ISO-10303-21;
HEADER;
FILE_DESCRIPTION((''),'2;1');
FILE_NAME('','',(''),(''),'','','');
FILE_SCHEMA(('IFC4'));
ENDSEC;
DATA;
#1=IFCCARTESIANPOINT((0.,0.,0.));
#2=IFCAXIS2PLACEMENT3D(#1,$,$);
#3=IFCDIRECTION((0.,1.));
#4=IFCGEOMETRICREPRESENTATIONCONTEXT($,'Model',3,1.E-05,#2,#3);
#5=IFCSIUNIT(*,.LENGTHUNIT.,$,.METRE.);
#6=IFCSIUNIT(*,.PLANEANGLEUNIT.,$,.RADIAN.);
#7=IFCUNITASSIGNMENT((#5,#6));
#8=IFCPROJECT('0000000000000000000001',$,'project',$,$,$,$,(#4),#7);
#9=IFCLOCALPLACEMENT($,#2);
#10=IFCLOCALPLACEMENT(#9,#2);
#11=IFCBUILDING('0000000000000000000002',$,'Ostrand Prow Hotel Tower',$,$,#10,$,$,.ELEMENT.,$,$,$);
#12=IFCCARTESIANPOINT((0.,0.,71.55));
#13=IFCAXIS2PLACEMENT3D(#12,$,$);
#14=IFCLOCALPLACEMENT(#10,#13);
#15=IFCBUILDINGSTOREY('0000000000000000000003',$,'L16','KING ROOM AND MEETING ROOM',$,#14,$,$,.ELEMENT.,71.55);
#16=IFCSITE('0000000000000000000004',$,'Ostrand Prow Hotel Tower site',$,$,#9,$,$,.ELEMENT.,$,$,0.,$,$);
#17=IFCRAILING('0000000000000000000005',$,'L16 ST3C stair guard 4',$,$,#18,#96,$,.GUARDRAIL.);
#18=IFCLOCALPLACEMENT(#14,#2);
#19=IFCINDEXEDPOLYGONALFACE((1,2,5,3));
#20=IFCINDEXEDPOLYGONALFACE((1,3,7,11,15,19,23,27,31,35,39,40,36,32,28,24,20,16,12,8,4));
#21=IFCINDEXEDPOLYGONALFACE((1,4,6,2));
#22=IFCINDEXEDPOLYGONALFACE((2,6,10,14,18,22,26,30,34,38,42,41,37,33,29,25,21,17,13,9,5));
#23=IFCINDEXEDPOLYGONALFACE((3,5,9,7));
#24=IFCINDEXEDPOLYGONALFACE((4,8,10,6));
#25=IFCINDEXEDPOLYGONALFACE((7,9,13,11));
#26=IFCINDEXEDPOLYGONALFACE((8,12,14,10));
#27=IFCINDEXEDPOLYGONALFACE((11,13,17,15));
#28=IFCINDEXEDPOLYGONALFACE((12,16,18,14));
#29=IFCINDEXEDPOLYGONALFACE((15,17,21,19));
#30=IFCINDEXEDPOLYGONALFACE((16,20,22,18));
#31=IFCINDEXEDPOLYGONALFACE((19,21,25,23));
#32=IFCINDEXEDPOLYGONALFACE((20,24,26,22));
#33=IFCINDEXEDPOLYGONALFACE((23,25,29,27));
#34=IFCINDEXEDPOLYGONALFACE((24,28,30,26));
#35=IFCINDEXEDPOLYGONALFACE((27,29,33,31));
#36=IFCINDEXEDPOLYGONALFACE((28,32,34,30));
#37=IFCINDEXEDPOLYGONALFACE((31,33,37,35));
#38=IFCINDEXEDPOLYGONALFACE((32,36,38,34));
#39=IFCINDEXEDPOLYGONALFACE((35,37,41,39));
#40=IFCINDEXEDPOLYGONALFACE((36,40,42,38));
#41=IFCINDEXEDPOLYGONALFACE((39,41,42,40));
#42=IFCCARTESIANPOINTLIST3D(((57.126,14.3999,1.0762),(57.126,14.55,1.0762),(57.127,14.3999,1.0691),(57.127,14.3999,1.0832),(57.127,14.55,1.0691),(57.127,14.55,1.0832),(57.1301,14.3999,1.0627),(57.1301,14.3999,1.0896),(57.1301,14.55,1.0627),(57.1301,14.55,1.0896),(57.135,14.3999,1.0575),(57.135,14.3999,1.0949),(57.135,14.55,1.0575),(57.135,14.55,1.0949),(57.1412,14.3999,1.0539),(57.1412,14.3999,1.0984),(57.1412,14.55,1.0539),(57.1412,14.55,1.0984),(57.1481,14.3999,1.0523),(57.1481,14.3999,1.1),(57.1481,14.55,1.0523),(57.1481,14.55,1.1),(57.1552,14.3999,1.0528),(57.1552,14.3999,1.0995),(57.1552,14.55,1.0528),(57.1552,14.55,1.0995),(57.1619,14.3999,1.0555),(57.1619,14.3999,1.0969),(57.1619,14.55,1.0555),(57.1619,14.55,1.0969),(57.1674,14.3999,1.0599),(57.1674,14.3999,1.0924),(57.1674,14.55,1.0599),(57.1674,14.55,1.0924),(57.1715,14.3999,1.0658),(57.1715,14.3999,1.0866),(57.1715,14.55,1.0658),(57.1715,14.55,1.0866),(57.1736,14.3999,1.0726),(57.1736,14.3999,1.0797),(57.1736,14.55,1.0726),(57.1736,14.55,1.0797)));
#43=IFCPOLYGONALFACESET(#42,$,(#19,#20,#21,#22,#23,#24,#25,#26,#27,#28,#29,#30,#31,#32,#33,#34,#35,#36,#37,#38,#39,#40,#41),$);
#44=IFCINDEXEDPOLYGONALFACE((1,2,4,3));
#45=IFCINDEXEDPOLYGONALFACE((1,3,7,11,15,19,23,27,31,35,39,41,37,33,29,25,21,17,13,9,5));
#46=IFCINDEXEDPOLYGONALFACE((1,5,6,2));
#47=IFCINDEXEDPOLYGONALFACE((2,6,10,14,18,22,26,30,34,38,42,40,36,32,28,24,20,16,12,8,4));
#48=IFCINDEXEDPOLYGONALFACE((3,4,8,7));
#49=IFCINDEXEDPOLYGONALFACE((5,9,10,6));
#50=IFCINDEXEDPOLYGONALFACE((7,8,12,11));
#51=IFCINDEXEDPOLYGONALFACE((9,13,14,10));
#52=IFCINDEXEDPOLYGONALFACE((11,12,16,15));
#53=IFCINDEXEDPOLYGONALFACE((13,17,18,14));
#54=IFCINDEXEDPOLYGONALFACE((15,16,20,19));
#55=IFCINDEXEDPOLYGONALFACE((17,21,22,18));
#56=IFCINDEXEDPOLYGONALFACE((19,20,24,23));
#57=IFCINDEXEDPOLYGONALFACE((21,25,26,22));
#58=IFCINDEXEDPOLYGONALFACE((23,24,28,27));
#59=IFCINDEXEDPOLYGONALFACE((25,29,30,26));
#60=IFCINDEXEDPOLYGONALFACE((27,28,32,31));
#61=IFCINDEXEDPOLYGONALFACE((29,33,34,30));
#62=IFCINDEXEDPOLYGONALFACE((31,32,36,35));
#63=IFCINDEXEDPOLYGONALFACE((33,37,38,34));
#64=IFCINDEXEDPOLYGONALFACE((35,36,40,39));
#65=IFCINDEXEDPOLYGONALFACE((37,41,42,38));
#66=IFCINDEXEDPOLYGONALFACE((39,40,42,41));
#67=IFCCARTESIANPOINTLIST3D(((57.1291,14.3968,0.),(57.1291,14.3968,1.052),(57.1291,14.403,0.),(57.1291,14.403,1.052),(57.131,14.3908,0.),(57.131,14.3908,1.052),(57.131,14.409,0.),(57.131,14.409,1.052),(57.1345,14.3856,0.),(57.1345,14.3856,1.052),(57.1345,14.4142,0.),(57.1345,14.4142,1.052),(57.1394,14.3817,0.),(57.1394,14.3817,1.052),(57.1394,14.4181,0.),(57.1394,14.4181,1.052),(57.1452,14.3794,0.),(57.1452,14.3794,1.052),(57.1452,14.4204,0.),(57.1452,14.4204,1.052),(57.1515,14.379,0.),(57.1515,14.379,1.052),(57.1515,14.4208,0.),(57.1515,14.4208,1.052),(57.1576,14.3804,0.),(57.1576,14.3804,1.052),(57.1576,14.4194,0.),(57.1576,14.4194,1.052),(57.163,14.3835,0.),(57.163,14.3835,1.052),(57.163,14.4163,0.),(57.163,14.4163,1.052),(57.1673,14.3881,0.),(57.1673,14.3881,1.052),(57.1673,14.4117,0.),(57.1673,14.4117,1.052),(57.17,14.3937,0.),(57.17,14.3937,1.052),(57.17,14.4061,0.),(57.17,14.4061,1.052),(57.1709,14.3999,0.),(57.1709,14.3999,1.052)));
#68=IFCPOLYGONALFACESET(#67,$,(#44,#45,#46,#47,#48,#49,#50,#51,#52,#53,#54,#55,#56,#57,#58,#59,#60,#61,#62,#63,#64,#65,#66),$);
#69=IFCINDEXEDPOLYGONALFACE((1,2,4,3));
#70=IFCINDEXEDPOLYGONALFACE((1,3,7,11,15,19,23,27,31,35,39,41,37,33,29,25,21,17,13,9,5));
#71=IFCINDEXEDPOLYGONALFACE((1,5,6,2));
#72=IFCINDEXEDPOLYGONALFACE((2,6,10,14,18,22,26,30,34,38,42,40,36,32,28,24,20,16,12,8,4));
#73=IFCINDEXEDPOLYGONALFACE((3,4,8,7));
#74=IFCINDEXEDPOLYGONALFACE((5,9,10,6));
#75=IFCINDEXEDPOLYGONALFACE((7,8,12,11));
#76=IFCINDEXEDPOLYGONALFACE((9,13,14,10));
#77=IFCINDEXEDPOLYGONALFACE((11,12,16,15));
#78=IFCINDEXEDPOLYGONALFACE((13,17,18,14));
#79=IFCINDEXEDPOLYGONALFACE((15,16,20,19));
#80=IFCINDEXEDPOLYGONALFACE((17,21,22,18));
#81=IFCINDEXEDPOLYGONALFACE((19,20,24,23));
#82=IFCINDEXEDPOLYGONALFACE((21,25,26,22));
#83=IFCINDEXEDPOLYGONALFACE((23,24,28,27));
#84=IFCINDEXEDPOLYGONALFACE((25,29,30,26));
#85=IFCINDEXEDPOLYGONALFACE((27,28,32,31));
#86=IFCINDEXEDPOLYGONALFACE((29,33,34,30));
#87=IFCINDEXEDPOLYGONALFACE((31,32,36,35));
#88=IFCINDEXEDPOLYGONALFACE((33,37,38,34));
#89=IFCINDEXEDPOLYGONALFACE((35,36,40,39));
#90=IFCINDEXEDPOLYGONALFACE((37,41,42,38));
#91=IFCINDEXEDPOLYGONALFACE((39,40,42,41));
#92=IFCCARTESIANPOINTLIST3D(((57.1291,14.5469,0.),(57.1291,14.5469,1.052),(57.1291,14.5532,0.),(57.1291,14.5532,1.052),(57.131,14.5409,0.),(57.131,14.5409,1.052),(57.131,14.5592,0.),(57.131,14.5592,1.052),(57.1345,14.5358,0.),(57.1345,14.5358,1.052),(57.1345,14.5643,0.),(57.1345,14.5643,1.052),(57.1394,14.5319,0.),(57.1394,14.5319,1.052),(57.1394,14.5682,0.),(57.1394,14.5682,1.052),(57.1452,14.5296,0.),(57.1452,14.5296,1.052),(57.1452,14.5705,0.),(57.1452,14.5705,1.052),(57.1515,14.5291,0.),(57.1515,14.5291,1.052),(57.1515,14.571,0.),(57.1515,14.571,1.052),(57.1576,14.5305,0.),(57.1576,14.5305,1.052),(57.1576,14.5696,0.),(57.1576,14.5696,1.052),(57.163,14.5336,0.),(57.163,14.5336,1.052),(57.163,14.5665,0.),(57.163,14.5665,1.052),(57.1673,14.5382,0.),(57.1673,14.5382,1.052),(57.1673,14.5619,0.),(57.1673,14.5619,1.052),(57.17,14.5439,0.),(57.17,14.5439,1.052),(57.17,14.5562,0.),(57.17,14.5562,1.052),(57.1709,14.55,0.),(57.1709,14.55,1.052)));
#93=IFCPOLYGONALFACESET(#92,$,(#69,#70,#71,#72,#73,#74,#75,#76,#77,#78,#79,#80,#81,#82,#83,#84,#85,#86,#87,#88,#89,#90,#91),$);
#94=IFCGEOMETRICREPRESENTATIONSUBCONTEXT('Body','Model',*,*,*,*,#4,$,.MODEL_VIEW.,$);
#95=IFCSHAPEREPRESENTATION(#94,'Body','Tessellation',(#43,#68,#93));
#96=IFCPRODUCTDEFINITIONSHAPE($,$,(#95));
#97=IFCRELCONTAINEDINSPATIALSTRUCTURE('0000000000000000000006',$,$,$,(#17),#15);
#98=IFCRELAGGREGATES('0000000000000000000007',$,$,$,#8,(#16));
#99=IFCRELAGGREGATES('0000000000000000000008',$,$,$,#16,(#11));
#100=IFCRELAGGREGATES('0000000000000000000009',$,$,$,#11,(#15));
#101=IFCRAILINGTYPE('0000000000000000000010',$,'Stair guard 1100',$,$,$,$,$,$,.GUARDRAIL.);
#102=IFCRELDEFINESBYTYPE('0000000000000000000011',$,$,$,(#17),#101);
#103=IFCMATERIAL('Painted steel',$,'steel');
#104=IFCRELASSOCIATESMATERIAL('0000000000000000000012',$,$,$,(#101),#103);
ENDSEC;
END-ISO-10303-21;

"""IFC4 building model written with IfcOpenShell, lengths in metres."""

from ifc_helpers import new_model, si_unit, direction, frame, origin, origin_2d, place, context, subcontext, project, spatial, circle, extrude, material, type_object, element, save


model = new_model("IFC4")

# Units and contexts
model_context = context("Model", 3, precision=1e-05, world=origin(), true_north=direction((0.0, 1.0)))
body_context = subcontext(model_context, "Body", "Model", "MODEL_VIEW")
ifc_project = project(units=[si_unit("LENGTHUNIT", "METRE"), si_unit("PLANEANGLEUNIT", "RADIAN")], contexts=[model_context])

# Site, building, storey
site_placement = place(None, origin())
site = spatial("IfcSite", under=ifc_project, at=site_placement, Name="Ostrand Prow Hotel Tower site", CompositionType="ELEMENT", RefElevation=0.0)
building_placement = place(site_placement, origin())
building = spatial("IfcBuilding", under=site, at=building_placement, Name="Ostrand Prow Hotel Tower", CompositionType="ELEMENT")
storey_placement = place(building_placement, frame((0.0, 0.0, 71.55)))
storey = spatial("IfcBuildingStorey", under=building, at=storey_placement, Name="L16", Description="KING ROOM AND MEETING ROOM", CompositionType="ELEMENT", Elevation=71.55)

# Railing
ifc_material_1 = material(Name="Painted steel", Category="steel")
railing_type_1 = type_object("IfcRailingType", Name="Stair guard 1100", PredefinedType="GUARDRAIL", material=ifc_material_1)
railing_1_placement = place(storey_placement, frame((57.1499, 14.3999, 0.0)))
element("IfcRailing", 1, at=railing_1_placement, inside=storey, type_object=railing_type_1, Name="L16 ST3C stair guard 4", PredefinedType="GUARDRAIL", context=body_context, shape_type="SweptSolid", body=[
    extrude(circle(Radius=0.0239, at=origin_2d()), frame((0.0, 0.0, 1.0762), z_axis=(0.0, 1.0, 0.0), x_axis=(-1.0, 0.0, 0.0)), (0.0, 0.0, 1.0), 0.1501),
    extrude(circle(Radius=0.021, at=origin_2d()), origin(), (0.0, 0.0, 1.0), 1.052),
    extrude(circle(Radius=0.021, at=origin_2d()), frame((0.0, 0.1501, 0.0)), (0.0, 0.0, 1.0), 1.052),
])

save(model, "model.ifc")
